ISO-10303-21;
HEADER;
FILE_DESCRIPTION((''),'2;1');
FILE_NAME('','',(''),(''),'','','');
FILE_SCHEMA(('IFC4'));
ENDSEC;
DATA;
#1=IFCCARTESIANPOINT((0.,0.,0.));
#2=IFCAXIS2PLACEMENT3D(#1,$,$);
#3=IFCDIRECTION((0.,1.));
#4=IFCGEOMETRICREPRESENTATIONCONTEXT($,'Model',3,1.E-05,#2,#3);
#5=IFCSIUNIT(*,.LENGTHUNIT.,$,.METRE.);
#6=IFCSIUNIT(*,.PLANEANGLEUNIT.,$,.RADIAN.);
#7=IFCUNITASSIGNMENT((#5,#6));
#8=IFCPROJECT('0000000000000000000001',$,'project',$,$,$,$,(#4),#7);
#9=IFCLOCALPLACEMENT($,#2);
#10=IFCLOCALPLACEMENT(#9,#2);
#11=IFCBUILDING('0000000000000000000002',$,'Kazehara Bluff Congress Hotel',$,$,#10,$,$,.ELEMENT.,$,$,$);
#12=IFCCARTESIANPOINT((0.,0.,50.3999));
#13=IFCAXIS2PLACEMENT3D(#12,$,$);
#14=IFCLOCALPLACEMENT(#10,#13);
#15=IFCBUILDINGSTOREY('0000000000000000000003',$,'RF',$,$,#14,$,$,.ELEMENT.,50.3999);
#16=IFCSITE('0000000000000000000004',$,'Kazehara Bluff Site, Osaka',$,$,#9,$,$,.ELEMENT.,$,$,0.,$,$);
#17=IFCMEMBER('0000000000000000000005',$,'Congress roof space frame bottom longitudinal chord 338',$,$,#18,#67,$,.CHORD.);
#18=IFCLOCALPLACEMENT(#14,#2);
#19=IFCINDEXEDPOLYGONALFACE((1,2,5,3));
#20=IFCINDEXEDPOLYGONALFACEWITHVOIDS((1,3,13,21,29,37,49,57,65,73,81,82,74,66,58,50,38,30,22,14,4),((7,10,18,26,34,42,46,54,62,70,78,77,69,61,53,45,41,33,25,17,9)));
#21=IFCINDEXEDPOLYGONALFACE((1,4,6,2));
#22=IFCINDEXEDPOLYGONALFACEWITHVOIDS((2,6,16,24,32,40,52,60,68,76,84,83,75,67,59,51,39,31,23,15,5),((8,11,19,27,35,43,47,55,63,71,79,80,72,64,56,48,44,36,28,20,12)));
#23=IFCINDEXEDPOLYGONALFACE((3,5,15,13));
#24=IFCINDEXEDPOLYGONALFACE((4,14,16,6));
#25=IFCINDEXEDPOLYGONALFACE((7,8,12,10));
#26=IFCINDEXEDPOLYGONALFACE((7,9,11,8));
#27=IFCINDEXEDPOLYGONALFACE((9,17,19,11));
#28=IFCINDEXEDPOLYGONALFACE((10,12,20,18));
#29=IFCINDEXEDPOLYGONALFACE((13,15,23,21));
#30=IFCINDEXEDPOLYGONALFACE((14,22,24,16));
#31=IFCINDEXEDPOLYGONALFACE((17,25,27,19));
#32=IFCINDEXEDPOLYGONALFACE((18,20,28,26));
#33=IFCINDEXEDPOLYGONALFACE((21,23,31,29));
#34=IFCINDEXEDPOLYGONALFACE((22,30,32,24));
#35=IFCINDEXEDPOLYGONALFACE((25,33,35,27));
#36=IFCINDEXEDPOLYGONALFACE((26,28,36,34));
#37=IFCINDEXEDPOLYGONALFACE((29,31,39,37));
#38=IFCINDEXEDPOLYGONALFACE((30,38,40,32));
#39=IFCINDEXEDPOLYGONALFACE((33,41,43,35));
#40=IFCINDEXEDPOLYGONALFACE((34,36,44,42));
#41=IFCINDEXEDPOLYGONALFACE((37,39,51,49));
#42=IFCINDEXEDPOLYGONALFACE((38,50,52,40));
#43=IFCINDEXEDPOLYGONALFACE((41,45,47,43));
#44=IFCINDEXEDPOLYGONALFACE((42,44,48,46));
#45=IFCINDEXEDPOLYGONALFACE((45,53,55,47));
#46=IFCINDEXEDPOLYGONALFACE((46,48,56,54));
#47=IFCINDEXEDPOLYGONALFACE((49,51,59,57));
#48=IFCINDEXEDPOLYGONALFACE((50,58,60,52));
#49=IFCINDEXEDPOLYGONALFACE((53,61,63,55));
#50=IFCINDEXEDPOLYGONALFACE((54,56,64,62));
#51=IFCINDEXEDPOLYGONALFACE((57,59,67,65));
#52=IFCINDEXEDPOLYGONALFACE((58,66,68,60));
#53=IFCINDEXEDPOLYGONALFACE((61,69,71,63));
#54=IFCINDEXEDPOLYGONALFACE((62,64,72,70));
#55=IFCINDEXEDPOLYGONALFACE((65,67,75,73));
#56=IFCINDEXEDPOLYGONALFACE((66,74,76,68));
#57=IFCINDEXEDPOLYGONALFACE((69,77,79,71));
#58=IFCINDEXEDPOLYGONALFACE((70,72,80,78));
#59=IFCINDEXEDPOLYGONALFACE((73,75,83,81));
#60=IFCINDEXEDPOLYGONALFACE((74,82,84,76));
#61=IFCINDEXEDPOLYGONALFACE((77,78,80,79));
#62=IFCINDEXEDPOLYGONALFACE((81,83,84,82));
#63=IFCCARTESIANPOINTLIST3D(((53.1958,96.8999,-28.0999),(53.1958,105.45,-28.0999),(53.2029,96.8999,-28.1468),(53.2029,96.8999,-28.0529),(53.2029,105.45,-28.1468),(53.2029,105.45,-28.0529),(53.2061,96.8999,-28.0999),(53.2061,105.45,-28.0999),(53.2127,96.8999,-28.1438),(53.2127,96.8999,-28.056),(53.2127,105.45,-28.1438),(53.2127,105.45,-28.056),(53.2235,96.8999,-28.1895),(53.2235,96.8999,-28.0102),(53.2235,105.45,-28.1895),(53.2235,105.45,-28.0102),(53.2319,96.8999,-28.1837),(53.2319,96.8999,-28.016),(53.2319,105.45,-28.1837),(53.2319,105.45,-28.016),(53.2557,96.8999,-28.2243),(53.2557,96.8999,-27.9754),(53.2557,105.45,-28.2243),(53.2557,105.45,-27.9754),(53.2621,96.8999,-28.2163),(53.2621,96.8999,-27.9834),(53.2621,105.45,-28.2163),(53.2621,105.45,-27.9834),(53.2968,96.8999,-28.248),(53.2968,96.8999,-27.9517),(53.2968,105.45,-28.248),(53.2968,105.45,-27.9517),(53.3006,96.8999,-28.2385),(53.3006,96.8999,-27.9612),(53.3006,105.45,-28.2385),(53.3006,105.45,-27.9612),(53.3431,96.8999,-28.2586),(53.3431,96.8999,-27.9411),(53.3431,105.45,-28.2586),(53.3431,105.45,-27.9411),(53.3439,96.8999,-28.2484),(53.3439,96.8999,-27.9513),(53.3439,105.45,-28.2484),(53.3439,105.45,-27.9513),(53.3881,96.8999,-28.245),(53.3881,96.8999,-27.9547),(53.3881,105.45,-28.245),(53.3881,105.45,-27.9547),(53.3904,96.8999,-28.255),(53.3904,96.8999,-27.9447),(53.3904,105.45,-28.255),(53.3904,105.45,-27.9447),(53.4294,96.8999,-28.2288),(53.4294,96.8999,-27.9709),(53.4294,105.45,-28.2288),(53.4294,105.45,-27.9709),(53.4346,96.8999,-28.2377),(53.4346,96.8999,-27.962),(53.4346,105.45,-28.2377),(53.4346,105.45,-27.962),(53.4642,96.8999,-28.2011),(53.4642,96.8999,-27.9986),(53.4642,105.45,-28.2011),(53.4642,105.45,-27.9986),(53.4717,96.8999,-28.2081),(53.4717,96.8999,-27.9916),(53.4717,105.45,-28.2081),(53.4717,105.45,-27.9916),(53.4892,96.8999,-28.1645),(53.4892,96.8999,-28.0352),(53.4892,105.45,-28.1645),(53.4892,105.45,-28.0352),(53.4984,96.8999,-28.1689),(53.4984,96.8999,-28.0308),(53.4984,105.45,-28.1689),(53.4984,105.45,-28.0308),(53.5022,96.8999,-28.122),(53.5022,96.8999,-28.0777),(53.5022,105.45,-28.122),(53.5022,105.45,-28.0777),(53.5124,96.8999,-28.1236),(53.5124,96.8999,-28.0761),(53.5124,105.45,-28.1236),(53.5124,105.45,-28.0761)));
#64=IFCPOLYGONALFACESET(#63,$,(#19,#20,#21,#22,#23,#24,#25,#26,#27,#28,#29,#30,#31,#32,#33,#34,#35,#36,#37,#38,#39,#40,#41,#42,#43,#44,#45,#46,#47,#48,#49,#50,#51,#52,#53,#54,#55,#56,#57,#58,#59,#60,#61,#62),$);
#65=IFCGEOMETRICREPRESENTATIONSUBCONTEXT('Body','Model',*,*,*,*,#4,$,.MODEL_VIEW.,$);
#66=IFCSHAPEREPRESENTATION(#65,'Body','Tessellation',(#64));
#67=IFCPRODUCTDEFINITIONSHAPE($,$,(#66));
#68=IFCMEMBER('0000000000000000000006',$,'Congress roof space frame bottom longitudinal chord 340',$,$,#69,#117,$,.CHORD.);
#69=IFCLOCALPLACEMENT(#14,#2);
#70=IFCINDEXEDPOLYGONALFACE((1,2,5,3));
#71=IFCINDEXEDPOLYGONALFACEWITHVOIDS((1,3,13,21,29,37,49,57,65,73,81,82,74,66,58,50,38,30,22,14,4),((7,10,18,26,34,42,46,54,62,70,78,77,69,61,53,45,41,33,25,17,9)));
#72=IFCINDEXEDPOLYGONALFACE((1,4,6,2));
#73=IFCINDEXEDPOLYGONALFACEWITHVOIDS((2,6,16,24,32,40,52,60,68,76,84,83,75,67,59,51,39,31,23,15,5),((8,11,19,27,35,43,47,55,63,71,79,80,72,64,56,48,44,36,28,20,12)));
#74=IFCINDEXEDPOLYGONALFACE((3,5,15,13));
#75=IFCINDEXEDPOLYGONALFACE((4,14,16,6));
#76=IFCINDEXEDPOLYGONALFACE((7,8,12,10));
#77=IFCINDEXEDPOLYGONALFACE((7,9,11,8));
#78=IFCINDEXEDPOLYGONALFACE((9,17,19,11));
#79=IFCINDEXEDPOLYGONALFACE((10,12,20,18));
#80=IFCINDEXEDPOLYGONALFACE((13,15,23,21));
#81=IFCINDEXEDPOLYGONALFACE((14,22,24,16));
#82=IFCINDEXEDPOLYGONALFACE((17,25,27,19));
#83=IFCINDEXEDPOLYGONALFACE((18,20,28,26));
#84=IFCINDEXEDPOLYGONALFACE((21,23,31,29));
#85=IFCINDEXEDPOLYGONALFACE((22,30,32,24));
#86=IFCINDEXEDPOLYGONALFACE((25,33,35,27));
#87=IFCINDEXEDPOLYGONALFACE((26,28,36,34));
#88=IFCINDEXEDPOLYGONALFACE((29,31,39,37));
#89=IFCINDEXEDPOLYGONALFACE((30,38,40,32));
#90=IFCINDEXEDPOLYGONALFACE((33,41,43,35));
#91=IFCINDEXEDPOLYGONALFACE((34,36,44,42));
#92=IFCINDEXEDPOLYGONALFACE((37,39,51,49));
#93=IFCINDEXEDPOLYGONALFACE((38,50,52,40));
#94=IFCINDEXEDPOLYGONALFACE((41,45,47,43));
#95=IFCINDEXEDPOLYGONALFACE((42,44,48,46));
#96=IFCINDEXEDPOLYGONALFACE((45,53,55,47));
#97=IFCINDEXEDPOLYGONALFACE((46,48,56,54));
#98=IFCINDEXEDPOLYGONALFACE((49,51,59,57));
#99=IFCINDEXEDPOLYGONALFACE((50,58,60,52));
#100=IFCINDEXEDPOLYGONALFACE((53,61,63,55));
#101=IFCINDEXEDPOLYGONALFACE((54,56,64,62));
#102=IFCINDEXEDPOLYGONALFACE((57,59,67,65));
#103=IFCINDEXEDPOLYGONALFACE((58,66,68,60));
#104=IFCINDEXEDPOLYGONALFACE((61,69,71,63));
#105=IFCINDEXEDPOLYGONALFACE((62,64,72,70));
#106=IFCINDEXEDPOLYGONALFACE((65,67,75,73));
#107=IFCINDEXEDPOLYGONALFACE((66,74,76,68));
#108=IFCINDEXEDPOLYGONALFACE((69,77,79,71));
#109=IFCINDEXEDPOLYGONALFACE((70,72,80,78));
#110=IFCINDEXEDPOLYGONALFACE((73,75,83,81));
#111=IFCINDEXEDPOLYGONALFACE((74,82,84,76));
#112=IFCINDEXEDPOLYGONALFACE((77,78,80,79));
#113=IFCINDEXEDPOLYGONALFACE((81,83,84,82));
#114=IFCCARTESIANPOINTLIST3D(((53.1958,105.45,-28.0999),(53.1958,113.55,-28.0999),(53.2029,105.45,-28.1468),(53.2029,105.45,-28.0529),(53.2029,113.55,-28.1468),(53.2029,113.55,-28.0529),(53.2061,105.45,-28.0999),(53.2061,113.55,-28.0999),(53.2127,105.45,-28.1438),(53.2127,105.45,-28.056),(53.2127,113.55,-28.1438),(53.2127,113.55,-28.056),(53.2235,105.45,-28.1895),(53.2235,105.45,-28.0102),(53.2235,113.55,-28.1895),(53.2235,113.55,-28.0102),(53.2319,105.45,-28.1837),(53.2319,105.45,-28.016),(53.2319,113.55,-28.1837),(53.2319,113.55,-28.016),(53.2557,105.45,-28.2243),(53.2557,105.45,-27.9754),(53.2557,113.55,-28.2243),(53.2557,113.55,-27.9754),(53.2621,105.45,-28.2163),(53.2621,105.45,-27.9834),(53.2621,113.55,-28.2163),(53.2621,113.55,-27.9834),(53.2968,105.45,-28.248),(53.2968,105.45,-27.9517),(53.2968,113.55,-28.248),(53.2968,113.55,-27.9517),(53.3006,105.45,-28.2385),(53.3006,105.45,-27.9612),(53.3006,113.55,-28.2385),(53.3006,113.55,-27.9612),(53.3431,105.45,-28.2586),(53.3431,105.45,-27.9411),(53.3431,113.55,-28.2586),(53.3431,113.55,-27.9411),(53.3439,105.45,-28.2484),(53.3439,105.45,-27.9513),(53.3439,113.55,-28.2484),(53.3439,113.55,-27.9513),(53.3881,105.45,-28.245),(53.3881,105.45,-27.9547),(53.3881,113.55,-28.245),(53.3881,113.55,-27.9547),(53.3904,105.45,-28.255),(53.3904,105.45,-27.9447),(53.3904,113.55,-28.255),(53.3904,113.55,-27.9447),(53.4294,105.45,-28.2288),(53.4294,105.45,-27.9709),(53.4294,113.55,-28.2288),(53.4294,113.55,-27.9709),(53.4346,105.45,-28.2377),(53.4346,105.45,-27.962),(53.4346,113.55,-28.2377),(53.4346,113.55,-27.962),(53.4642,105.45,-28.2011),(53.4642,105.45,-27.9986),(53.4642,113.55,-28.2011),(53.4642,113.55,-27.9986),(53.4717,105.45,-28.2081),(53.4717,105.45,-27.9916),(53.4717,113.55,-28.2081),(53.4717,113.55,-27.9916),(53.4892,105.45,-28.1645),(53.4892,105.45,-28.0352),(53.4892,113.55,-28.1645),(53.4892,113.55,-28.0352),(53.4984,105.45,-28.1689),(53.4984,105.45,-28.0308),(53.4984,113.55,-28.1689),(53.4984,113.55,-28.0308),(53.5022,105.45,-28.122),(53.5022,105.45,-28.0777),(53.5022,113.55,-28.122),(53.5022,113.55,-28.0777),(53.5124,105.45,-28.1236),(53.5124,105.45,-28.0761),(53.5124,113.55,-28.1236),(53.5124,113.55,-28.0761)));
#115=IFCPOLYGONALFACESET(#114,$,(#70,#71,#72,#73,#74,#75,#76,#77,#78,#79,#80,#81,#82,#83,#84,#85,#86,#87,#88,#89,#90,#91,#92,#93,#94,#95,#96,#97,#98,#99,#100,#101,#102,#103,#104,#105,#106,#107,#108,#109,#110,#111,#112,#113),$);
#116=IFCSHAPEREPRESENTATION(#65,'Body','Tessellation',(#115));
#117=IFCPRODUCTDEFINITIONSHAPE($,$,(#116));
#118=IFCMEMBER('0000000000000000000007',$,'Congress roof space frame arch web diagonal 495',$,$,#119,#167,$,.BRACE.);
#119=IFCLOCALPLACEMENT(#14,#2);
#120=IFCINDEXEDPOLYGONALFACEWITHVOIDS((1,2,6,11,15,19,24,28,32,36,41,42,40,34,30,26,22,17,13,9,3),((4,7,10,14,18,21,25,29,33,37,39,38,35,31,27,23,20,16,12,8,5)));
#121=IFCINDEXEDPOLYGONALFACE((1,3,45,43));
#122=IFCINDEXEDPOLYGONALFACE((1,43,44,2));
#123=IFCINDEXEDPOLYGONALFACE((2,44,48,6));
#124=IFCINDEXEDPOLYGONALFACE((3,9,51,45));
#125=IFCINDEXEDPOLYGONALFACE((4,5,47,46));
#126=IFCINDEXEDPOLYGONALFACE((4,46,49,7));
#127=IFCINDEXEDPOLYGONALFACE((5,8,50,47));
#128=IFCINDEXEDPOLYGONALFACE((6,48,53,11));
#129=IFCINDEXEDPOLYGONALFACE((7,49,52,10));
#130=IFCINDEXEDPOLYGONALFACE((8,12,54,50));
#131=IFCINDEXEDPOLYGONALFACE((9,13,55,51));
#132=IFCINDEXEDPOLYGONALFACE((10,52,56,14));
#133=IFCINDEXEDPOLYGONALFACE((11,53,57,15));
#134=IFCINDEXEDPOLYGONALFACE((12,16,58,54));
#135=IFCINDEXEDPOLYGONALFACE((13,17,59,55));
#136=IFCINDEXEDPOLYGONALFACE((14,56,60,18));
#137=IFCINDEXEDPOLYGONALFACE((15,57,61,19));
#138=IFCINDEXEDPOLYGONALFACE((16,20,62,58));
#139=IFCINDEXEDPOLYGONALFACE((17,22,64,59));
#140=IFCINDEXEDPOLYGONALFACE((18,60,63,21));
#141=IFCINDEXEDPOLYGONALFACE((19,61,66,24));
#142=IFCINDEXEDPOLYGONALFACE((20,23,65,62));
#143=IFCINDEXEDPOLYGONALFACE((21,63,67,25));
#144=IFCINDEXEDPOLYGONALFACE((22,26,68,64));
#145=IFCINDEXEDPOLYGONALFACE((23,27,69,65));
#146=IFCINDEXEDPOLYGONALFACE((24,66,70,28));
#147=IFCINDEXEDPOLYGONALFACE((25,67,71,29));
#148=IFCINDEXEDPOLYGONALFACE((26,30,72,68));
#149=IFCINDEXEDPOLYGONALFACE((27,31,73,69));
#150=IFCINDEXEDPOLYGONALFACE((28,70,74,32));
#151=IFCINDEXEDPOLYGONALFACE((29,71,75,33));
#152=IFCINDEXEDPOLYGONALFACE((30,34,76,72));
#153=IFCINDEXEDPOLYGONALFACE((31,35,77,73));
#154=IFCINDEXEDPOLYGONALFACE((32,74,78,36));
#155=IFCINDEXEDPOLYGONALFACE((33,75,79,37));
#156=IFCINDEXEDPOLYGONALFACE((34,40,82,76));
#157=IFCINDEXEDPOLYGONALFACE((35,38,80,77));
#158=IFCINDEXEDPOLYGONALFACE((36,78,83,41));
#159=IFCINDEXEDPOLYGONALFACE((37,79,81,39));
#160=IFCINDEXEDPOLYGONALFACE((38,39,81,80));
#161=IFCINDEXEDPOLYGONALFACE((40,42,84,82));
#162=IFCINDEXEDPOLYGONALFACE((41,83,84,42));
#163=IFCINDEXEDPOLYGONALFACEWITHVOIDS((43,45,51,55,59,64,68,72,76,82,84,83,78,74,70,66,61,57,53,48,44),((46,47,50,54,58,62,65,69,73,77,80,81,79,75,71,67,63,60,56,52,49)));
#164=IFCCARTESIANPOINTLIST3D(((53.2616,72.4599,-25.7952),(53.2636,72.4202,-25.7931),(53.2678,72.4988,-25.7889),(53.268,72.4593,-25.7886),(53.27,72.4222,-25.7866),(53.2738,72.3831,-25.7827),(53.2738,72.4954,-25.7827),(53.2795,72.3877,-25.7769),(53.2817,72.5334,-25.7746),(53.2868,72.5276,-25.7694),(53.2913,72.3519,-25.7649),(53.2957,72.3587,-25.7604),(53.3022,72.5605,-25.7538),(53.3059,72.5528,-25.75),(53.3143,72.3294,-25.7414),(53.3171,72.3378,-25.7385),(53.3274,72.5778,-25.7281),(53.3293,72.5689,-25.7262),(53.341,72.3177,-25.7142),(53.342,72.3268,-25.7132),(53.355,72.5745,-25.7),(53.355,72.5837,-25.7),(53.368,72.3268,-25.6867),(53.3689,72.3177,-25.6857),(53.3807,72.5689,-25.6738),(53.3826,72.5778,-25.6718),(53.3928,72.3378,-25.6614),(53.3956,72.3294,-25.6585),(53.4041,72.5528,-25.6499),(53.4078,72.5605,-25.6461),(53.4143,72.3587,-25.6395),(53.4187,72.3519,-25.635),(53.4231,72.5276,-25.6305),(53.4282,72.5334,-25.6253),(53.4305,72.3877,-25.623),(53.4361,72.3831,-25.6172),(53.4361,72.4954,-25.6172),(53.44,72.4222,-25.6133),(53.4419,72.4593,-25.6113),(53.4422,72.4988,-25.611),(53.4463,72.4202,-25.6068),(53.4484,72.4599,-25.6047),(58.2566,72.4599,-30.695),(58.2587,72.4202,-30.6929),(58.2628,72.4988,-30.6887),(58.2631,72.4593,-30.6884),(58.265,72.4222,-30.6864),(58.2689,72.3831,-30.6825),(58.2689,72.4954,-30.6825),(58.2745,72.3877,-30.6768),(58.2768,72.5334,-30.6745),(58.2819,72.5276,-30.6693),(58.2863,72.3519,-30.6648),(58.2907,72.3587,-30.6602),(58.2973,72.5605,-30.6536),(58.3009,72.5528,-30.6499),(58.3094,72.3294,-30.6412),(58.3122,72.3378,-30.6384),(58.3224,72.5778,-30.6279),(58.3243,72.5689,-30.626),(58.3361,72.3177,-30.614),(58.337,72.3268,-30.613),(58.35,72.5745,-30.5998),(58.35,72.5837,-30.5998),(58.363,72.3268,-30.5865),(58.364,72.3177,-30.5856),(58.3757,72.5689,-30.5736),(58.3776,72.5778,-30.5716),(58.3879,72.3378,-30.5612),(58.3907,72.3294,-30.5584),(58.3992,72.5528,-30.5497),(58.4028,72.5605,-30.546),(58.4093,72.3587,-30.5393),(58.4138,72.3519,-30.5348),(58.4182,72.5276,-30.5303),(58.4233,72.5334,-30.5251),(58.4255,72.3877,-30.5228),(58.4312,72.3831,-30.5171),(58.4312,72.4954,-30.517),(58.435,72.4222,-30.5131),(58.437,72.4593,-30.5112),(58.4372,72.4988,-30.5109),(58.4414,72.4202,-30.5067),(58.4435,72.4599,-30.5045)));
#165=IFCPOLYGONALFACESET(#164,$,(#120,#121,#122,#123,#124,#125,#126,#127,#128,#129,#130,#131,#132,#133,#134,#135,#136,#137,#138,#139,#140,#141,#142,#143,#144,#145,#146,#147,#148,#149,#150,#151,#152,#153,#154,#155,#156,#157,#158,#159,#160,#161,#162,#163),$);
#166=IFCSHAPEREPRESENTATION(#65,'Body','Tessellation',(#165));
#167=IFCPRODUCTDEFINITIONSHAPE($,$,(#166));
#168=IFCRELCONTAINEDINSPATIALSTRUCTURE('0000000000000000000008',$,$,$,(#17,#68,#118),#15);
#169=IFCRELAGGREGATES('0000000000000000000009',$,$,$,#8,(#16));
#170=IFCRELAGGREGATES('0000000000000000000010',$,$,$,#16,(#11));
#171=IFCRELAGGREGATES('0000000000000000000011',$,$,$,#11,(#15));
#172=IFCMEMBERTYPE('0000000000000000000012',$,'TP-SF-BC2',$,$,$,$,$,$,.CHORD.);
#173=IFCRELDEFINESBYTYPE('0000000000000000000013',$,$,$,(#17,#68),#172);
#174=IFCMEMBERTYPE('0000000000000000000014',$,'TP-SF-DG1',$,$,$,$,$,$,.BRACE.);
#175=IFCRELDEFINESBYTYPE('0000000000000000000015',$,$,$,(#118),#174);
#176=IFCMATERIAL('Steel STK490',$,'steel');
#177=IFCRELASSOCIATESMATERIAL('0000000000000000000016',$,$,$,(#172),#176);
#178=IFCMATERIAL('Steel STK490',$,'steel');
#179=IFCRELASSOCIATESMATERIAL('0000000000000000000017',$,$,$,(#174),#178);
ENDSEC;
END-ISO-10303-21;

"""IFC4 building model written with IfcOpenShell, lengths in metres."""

from ifc_helpers import new_model, si_unit, direction, frame, origin, origin_2d, place, context, subcontext, project, spatial, hollow_circle, extrude, material, material_profile, profile_set, type_object, element, save


model = new_model("IFC4")

# Units and contexts
model_context = context("Model", 3, precision=1e-05, world=origin(), true_north=direction((0.0, 1.0)))
body_context = subcontext(model_context, "Body", "Model", "MODEL_VIEW")
ifc_project = project(units=[si_unit("LENGTHUNIT", "METRE"), si_unit("PLANEANGLEUNIT", "RADIAN")], contexts=[model_context])

# Site, building, storey
site_placement = place(None, origin())
site = spatial("IfcSite", under=ifc_project, at=site_placement, Name="Kazehara Bluff Site, Osaka", CompositionType="ELEMENT", RefElevation=0.0)
building_placement = place(site_placement, origin())
building = spatial("IfcBuilding", under=site, at=building_placement, Name="Kazehara Bluff Congress Hotel", CompositionType="ELEMENT")
storey_placement = place(building_placement, frame((0.0, 0.0, 50.3999)))
storey = spatial("IfcBuildingStorey", under=building, at=storey_placement, Name="RF", CompositionType="ELEMENT", Elevation=50.3999)

# Members
ifc_material_1 = material(Name="Steel STK490", Category="steel")
ifc_material_profile_1 = material_profile(ifc_material_1, hollow_circle(Radius=0.1592, WallThickness=0.0103, at=origin_2d()))
ifc_profile_set_1 = profile_set([ifc_material_profile_1], Name="Steel STK490")
member_type_1 = type_object("IfcMemberType", Name="TP-SF-BC2", PredefinedType="CHORD", material=ifc_profile_set_1)
member_1_placement = place(storey_placement, frame((53.355, 96.8999, -28.0999), z_axis=(0.0, 1.0, 0.0), x_axis=(-1.0, 0.0, 0.0)))
element("IfcMember", 1, at=member_1_placement, inside=storey, type_object=member_type_1, Name="Congress roof space frame bottom longitudinal chord 338", PredefinedType="CHORD", context=body_context, shape_type="SweptSolid", body=[
    extrude(hollow_circle(Radius=0.1592, WallThickness=0.0103, at=origin_2d()), origin(), (0.0, 0.0, 1.0), 8.55),
])
member_2_placement = place(storey_placement, frame((53.355, 105.45, -28.0999), z_axis=(0.0, 1.0, 0.0), x_axis=(-1.0, 0.0, 0.0)))
element("IfcMember", 2, at=member_2_placement, inside=storey, type_object=member_type_1, Name="Congress roof space frame bottom longitudinal chord 340", PredefinedType="CHORD", context=body_context, shape_type="SweptSolid", body=[
    extrude(hollow_circle(Radius=0.1592, WallThickness=0.0103, at=origin_2d()), origin(), (0.0, 0.0, 1.0), 8.1001),
])
ifc_material_2 = material(Name="Steel STK490", Category="steel")
ifc_material_profile_2 = material_profile(ifc_material_2, hollow_circle(Radius=0.1338, WallThickness=0.0093, at=origin_2d()))
ifc_profile_set_2 = profile_set([ifc_material_profile_2], Name="Steel STK490")
member_type_2 = type_object("IfcMemberType", Name="TP-SF-DG1", PredefinedType="BRACE", material=ifc_profile_set_2)
for number, where, z_axis, x_axis, name in (
    (3, (53.355, 72.45, -25.7), (0.713878, 0.0, -0.70027), (0.0, 1.0, 0.0), "Congress roof space frame arch web diagonal 495"),
):
    element("IfcMember", number, at=place(storey_placement, frame(where, z_axis=z_axis, x_axis=x_axis)), inside=storey, type_object=member_type_2, Name=name, PredefinedType="BRACE", context=body_context, shape_type="SweptSolid", body=[
        extrude(hollow_circle(Radius=0.1338, WallThickness=0.0093, at=origin_2d()), origin(), (0.0, 0.0, 1.0), 6.9971),
    ])

save(model, "model.ifc")
